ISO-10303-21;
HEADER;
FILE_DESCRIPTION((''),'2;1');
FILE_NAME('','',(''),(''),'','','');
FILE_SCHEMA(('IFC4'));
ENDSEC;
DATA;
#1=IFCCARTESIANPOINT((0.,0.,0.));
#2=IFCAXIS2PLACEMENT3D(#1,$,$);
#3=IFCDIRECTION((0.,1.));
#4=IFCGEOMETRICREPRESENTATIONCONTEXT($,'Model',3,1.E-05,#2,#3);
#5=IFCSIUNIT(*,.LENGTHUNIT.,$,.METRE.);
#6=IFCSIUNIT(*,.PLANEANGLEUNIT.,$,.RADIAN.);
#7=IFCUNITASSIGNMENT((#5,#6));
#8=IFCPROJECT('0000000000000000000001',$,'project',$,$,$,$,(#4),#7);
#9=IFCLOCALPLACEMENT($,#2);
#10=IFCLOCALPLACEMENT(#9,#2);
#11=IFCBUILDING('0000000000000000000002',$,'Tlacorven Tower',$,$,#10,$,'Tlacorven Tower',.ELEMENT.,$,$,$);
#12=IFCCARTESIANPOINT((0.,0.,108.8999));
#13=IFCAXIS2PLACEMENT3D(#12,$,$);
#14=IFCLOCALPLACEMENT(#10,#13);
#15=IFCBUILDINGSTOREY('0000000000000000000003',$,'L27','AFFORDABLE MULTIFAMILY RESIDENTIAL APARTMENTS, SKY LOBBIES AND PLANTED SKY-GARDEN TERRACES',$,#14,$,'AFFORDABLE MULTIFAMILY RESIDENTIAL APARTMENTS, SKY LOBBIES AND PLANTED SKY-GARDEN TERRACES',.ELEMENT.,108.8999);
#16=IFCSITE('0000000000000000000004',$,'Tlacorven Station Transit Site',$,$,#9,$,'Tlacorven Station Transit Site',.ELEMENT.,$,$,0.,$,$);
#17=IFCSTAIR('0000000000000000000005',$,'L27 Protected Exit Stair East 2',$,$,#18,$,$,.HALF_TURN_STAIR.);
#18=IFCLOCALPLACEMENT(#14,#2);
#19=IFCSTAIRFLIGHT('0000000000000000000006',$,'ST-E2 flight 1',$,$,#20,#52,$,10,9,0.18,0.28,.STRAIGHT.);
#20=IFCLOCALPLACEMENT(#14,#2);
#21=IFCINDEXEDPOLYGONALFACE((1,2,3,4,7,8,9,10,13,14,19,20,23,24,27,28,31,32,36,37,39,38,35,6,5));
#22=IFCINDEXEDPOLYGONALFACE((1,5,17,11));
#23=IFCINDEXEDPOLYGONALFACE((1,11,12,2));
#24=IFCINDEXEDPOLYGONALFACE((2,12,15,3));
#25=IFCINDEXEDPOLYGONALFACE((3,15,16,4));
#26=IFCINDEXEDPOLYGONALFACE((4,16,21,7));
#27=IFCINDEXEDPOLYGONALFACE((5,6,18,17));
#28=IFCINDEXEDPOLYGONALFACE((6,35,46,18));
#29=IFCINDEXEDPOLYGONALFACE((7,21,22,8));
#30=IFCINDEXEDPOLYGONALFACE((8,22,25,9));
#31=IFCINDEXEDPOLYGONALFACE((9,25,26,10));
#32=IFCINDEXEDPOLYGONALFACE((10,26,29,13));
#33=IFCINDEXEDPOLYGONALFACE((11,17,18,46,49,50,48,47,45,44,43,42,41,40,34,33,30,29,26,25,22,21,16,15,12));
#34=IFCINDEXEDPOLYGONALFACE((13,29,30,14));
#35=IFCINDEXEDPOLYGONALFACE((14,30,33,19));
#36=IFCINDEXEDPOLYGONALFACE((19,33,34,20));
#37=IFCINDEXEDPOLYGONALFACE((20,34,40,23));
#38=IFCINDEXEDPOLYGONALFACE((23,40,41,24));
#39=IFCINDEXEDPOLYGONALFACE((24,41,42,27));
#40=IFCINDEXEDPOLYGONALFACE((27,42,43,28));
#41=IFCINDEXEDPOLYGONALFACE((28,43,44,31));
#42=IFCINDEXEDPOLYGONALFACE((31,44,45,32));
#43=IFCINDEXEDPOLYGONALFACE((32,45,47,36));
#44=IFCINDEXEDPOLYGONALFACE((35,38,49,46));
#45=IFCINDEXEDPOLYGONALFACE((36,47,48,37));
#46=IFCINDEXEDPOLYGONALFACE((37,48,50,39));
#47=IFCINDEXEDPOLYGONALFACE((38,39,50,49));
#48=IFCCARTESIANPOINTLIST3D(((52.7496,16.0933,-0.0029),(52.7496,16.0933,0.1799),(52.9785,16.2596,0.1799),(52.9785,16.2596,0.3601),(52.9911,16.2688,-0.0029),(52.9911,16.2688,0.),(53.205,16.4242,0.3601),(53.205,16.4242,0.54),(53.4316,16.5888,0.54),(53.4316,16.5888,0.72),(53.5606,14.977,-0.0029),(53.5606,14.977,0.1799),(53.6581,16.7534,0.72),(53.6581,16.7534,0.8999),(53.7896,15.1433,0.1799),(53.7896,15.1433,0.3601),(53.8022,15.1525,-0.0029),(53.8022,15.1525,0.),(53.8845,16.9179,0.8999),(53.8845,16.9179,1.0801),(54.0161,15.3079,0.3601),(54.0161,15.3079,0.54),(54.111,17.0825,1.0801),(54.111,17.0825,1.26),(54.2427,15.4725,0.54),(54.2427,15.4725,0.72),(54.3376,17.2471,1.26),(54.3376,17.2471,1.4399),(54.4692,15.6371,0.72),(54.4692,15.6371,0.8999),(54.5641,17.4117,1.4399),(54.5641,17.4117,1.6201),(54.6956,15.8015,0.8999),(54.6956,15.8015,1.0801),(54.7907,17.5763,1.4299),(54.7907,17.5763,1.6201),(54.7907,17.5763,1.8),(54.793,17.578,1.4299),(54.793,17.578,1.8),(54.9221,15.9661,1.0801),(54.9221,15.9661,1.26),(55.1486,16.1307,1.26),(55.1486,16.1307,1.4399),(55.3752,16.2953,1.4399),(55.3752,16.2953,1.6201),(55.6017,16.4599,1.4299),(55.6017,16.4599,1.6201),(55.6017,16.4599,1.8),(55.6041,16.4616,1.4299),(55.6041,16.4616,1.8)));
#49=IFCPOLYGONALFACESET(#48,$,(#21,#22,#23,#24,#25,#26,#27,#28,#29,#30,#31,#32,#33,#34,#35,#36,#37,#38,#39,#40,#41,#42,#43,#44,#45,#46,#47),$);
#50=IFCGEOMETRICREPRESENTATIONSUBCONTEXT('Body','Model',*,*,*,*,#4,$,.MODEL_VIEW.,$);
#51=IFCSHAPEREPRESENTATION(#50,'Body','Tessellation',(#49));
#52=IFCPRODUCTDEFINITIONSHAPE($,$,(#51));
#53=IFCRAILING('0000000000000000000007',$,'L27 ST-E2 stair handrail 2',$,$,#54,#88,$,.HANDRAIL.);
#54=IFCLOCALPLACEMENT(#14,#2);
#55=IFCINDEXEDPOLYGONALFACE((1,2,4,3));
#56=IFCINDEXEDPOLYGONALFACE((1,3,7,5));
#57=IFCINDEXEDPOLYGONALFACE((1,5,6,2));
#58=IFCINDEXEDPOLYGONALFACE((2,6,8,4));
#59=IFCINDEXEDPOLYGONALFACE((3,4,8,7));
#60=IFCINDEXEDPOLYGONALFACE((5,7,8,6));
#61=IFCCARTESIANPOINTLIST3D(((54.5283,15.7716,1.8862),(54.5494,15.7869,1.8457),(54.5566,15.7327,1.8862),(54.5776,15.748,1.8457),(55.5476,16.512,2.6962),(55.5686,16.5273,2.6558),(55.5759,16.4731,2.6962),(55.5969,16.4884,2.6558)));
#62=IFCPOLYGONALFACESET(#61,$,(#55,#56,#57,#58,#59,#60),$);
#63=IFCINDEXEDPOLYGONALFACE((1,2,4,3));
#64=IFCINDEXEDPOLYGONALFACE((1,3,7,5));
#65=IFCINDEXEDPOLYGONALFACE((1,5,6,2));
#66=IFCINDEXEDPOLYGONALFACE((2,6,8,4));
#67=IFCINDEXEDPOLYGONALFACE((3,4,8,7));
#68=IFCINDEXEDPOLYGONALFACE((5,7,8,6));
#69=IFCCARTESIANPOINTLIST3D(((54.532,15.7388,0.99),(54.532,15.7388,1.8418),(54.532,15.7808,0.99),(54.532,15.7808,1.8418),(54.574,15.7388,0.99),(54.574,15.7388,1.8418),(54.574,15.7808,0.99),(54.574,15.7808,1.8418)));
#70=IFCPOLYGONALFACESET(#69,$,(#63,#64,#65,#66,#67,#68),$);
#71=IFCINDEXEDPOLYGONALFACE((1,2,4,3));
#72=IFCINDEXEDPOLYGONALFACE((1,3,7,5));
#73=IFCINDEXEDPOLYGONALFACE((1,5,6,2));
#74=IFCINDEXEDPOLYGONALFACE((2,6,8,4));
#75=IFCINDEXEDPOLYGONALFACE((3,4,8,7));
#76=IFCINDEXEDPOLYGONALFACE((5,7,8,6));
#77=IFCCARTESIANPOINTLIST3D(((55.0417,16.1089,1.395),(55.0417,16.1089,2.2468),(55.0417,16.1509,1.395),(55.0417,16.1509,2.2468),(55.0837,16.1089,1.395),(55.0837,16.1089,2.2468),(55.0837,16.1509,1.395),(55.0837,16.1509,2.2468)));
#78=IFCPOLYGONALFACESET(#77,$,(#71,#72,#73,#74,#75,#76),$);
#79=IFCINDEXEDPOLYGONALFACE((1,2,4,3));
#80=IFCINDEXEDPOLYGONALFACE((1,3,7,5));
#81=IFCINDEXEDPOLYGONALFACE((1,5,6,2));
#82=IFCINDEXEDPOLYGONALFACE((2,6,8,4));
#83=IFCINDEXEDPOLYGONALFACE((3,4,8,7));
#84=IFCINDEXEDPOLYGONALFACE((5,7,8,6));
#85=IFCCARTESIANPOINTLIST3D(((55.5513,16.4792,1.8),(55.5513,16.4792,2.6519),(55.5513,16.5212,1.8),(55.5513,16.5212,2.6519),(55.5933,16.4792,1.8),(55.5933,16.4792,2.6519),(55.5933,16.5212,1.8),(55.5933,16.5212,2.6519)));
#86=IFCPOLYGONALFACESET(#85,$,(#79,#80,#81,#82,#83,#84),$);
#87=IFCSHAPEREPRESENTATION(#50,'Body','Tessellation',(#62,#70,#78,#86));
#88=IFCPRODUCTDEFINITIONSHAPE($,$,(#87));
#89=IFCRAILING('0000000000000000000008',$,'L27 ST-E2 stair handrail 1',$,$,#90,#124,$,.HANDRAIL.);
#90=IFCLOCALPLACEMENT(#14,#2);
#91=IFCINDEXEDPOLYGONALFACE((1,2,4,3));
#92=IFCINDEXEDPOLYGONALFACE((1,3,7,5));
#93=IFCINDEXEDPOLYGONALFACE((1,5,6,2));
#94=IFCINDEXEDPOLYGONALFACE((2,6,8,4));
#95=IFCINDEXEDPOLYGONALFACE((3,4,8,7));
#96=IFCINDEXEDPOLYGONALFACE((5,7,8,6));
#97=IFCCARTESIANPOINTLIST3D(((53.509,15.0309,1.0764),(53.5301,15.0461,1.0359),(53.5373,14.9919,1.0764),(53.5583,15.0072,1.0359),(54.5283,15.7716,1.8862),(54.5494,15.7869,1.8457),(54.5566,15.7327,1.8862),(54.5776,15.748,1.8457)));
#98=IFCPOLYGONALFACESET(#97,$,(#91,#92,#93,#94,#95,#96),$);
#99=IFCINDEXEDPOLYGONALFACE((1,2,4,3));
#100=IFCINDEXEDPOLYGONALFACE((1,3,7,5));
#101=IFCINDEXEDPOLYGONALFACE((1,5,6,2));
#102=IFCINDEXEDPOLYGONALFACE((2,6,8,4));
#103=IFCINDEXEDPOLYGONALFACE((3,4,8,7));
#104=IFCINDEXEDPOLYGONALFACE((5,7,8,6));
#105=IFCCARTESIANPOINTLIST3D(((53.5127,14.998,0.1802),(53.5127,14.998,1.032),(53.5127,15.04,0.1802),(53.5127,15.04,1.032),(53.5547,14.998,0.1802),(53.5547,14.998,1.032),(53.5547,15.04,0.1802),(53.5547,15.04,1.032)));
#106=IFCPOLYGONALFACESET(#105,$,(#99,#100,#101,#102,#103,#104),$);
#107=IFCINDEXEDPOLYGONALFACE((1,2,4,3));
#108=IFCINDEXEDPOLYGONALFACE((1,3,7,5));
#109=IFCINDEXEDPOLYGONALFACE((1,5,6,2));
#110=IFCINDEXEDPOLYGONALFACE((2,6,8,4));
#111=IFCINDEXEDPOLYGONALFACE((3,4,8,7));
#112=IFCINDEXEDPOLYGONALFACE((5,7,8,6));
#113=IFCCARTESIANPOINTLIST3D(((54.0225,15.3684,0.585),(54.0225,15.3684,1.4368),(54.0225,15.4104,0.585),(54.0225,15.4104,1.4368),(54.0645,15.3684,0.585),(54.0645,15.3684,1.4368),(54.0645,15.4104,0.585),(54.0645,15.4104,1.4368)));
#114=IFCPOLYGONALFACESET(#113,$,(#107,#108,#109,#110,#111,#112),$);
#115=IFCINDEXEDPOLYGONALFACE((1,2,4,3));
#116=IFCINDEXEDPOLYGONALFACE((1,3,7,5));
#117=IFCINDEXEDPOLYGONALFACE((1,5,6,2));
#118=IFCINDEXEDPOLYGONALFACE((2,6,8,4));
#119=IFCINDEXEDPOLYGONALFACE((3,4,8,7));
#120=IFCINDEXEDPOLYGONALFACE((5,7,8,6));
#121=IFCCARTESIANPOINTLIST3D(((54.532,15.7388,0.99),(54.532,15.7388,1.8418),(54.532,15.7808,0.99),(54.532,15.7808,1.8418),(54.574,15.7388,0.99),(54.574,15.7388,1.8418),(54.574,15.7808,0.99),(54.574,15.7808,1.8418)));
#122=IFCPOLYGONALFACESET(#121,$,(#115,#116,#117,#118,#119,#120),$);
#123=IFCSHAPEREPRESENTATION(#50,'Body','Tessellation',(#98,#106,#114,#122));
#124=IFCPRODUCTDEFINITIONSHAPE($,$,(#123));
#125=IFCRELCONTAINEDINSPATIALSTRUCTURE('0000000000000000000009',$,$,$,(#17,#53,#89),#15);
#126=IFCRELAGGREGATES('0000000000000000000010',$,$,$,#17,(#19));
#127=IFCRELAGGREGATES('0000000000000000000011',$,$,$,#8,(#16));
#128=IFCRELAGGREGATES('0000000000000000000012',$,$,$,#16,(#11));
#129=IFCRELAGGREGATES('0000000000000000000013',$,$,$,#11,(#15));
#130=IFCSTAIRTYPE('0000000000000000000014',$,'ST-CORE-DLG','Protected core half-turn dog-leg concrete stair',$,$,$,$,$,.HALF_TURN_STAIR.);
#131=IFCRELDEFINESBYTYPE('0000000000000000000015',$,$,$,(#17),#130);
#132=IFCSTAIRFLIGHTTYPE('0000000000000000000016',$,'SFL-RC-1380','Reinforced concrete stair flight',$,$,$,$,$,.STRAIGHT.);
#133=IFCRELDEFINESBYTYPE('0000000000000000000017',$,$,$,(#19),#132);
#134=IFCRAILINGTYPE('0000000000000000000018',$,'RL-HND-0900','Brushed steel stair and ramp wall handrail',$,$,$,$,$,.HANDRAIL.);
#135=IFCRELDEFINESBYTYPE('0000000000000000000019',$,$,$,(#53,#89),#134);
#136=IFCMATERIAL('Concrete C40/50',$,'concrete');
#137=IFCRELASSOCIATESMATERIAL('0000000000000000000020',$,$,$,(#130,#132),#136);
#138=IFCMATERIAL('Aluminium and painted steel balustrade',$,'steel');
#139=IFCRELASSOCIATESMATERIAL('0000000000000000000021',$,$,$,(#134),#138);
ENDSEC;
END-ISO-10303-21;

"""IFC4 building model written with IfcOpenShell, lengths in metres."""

from ifc_helpers import new_model, si_unit, direction, frame, origin, origin_2d, place, context, subcontext, project, spatial, polyline, rectangle, outline, extrude, source, transform, mapped, material, type_object, element, aggregate, save


model = new_model("IFC4")

# Units and contexts
model_context = context("Model", 3, precision=1e-05, world=origin(), true_north=direction((0.0, 1.0)))
body_context = subcontext(model_context, "Body", "Model", "MODEL_VIEW")
ifc_project = project(units=[si_unit("LENGTHUNIT", "METRE"), si_unit("PLANEANGLEUNIT", "RADIAN")], contexts=[model_context])

# Site, building, storey
site_placement = place(None, origin())
site = spatial("IfcSite", under=ifc_project, at=site_placement, Name="Tlacorven Station Transit Site", LongName="Tlacorven Station Transit Site", CompositionType="ELEMENT", RefElevation=0.0)
building_placement = place(site_placement, origin())
building = spatial("IfcBuilding", under=site, at=building_placement, Name="Tlacorven Tower", LongName="Tlacorven Tower", CompositionType="ELEMENT")
storey_placement = place(building_placement, frame((0.0, 0.0, 108.8999)))
storey = spatial("IfcBuildingStorey", under=building, at=storey_placement, Name="L27", Description="AFFORDABLE MULTIFAMILY RESIDENTIAL APARTMENTS, SKY LOBBIES AND PLANTED SKY-GARDEN TERRACES", LongName="AFFORDABLE MULTIFAMILY RESIDENTIAL APARTMENTS, SKY LOBBIES AND PLANTED SKY-GARDEN TERRACES", CompositionType="ELEMENT", Elevation=108.8999)

# Stair, stair flight
ifc_material_1 = material(Name="Concrete C40/50", Category="concrete")
stair_type = type_object("IfcStairType", Name="ST-CORE-DLG", Description="Protected core half-turn dog-leg concrete stair", PredefinedType="HALF_TURN_STAIR", material=ifc_material_1)
stair_placement = place(storey_placement, origin())
stair = element("IfcStair", 1, at=stair_placement, inside=storey, type_object=stair_type, Name="L27 Protected Exit Stair East 2", PredefinedType="HALF_TURN_STAIR")
stair_flight_type = type_object("IfcStairFlightType", Name="SFL-RC-1380", Description="Reinforced concrete stair flight", PredefinedType="STRAIGHT", material=ifc_material_1)
shared_shape_1 = source(origin(), body_context, "Body", "SweptSolid", [
    extrude(outline(polyline([(-0.0029, -0.0029), (-0.0029, 0.1799), (0.28, 0.1799), (0.28, 0.3601), (0.5601, 0.3601), (0.5601, 0.54), (0.8401, 0.54), (0.8401, 0.72), (1.1201, 0.72), (1.1201, 0.8999), (1.3999, 0.8999), (1.3999, 1.0801), (1.6799, 1.0801), (1.6799, 1.26), (1.96, 1.26), (1.96, 1.4399), (2.24, 1.4399), (2.24, 1.6201), (2.52, 1.6201), (2.52, 1.8), (2.5229, 1.8), (2.5229, 1.4299), (2.52, 1.4299), (0.2957, 0.0), (0.2957, -0.0029), (-0.0029, -0.0029)])), frame((0.0, 0.6899, 0.0), z_axis=(0.0, -1.0, 0.0), x_axis=(1.0, 0.0, 0.0)), (0.0, 0.0, 1.0), 1.3799),
])
stair_flight_placement = place(storey_placement, frame((53.1575, 15.5369, 0.0), z_axis=(0.0, 0.0, 1.0), x_axis=(0.809017, 0.587785, 0.0)))
stair_flight = element("IfcStairFlight", 2, at=stair_flight_placement, type_object=stair_flight_type, Name="ST-E2 flight 1", NumberOfRisers=10, NumberOfTreads=9, PredefinedType="STRAIGHT", RiserHeight=0.18, TreadLength=0.28, context=body_context, shape_type="MappedRepresentation", body=[
    mapped(shared_shape_1, transform((0.0, 0.0, 0.0), scale=1.0)),
])
aggregate(stair, [stair_flight])

# Railings
ifc_material_2 = material(Name="Aluminium and painted steel balustrade", Category="steel")
railing_type = type_object("IfcRailingType", Name="RL-HND-0900", Description="Brushed steel stair and ramp wall handrail", PredefinedType="HANDRAIL", material=ifc_material_2)
shared_shape_2 = source(origin(), body_context, "Body", "SweptSolid", [
    extrude(rectangle(XDim=0.0481, YDim=0.0481, at=origin_2d()), frame((0.0, 0.0, 0.876), z_axis=(0.680516, 0.494373, 0.540827), x_axis=(-0.587745, 0.809046, 0.0)), (0.0, 0.0, 1.0), 1.4978),
    extrude(rectangle(XDim=0.042, YDim=0.042, at=origin_2d()), origin(), (0.0, 0.0, 1.0), 0.8518),
    extrude(rectangle(XDim=0.042, YDim=0.042, at=origin_2d()), frame((0.5098, 0.3701, 0.405)), (0.0, 0.0, 1.0), 0.8518),
    extrude(rectangle(XDim=0.042, YDim=0.042, at=origin_2d()), frame((1.0193, 0.7405, 0.8101)), (0.0, 0.0, 1.0), 0.8518),
])
railing_1_placement = place(storey_placement, frame((54.553, 15.7598, 0.99)))
element("IfcRailing", 3, at=railing_1_placement, inside=storey, type_object=railing_type, Name="L27 ST-E2 stair handrail 2", PredefinedType="HANDRAIL", context=body_context, shape_type="MappedRepresentation", body=[
    mapped(shared_shape_2, transform((0.0, 0.0, 0.0), scale=1.0)),
])
shared_shape_3 = source(origin(), body_context, "Body", "SweptSolid", [
    extrude(rectangle(XDim=0.0481, YDim=0.0481, at=origin_2d()), frame((0.0, 0.0, 0.876), z_axis=(0.680521, 0.494539, 0.540668), x_axis=(-0.587872, 0.808954, 0.0)), (0.0, 0.0, 1.0), 1.4978),
    extrude(rectangle(XDim=0.042, YDim=0.042, at=origin_2d()), origin(), (0.0, 0.0, 1.0), 0.8518),
    extrude(rectangle(XDim=0.042, YDim=0.042, at=origin_2d()), frame((0.5098, 0.3704, 0.4048)), (0.0, 0.0, 1.0), 0.8518),
    extrude(rectangle(XDim=0.042, YDim=0.042, at=origin_2d()), frame((1.0193, 0.7407, 0.8098)), (0.0, 0.0, 1.0), 0.8518),
])
railing_2_placement = place(storey_placement, frame((53.5337, 15.019, 0.1802)))
element("IfcRailing", 4, at=railing_2_placement, inside=storey, type_object=railing_type, Name="L27 ST-E2 stair handrail 1", PredefinedType="HANDRAIL", context=body_context, shape_type="MappedRepresentation", body=[
    mapped(shared_shape_3, transform((0.0, 0.0, 0.0), scale=1.0)),
])

save(model, "model.ifc")
